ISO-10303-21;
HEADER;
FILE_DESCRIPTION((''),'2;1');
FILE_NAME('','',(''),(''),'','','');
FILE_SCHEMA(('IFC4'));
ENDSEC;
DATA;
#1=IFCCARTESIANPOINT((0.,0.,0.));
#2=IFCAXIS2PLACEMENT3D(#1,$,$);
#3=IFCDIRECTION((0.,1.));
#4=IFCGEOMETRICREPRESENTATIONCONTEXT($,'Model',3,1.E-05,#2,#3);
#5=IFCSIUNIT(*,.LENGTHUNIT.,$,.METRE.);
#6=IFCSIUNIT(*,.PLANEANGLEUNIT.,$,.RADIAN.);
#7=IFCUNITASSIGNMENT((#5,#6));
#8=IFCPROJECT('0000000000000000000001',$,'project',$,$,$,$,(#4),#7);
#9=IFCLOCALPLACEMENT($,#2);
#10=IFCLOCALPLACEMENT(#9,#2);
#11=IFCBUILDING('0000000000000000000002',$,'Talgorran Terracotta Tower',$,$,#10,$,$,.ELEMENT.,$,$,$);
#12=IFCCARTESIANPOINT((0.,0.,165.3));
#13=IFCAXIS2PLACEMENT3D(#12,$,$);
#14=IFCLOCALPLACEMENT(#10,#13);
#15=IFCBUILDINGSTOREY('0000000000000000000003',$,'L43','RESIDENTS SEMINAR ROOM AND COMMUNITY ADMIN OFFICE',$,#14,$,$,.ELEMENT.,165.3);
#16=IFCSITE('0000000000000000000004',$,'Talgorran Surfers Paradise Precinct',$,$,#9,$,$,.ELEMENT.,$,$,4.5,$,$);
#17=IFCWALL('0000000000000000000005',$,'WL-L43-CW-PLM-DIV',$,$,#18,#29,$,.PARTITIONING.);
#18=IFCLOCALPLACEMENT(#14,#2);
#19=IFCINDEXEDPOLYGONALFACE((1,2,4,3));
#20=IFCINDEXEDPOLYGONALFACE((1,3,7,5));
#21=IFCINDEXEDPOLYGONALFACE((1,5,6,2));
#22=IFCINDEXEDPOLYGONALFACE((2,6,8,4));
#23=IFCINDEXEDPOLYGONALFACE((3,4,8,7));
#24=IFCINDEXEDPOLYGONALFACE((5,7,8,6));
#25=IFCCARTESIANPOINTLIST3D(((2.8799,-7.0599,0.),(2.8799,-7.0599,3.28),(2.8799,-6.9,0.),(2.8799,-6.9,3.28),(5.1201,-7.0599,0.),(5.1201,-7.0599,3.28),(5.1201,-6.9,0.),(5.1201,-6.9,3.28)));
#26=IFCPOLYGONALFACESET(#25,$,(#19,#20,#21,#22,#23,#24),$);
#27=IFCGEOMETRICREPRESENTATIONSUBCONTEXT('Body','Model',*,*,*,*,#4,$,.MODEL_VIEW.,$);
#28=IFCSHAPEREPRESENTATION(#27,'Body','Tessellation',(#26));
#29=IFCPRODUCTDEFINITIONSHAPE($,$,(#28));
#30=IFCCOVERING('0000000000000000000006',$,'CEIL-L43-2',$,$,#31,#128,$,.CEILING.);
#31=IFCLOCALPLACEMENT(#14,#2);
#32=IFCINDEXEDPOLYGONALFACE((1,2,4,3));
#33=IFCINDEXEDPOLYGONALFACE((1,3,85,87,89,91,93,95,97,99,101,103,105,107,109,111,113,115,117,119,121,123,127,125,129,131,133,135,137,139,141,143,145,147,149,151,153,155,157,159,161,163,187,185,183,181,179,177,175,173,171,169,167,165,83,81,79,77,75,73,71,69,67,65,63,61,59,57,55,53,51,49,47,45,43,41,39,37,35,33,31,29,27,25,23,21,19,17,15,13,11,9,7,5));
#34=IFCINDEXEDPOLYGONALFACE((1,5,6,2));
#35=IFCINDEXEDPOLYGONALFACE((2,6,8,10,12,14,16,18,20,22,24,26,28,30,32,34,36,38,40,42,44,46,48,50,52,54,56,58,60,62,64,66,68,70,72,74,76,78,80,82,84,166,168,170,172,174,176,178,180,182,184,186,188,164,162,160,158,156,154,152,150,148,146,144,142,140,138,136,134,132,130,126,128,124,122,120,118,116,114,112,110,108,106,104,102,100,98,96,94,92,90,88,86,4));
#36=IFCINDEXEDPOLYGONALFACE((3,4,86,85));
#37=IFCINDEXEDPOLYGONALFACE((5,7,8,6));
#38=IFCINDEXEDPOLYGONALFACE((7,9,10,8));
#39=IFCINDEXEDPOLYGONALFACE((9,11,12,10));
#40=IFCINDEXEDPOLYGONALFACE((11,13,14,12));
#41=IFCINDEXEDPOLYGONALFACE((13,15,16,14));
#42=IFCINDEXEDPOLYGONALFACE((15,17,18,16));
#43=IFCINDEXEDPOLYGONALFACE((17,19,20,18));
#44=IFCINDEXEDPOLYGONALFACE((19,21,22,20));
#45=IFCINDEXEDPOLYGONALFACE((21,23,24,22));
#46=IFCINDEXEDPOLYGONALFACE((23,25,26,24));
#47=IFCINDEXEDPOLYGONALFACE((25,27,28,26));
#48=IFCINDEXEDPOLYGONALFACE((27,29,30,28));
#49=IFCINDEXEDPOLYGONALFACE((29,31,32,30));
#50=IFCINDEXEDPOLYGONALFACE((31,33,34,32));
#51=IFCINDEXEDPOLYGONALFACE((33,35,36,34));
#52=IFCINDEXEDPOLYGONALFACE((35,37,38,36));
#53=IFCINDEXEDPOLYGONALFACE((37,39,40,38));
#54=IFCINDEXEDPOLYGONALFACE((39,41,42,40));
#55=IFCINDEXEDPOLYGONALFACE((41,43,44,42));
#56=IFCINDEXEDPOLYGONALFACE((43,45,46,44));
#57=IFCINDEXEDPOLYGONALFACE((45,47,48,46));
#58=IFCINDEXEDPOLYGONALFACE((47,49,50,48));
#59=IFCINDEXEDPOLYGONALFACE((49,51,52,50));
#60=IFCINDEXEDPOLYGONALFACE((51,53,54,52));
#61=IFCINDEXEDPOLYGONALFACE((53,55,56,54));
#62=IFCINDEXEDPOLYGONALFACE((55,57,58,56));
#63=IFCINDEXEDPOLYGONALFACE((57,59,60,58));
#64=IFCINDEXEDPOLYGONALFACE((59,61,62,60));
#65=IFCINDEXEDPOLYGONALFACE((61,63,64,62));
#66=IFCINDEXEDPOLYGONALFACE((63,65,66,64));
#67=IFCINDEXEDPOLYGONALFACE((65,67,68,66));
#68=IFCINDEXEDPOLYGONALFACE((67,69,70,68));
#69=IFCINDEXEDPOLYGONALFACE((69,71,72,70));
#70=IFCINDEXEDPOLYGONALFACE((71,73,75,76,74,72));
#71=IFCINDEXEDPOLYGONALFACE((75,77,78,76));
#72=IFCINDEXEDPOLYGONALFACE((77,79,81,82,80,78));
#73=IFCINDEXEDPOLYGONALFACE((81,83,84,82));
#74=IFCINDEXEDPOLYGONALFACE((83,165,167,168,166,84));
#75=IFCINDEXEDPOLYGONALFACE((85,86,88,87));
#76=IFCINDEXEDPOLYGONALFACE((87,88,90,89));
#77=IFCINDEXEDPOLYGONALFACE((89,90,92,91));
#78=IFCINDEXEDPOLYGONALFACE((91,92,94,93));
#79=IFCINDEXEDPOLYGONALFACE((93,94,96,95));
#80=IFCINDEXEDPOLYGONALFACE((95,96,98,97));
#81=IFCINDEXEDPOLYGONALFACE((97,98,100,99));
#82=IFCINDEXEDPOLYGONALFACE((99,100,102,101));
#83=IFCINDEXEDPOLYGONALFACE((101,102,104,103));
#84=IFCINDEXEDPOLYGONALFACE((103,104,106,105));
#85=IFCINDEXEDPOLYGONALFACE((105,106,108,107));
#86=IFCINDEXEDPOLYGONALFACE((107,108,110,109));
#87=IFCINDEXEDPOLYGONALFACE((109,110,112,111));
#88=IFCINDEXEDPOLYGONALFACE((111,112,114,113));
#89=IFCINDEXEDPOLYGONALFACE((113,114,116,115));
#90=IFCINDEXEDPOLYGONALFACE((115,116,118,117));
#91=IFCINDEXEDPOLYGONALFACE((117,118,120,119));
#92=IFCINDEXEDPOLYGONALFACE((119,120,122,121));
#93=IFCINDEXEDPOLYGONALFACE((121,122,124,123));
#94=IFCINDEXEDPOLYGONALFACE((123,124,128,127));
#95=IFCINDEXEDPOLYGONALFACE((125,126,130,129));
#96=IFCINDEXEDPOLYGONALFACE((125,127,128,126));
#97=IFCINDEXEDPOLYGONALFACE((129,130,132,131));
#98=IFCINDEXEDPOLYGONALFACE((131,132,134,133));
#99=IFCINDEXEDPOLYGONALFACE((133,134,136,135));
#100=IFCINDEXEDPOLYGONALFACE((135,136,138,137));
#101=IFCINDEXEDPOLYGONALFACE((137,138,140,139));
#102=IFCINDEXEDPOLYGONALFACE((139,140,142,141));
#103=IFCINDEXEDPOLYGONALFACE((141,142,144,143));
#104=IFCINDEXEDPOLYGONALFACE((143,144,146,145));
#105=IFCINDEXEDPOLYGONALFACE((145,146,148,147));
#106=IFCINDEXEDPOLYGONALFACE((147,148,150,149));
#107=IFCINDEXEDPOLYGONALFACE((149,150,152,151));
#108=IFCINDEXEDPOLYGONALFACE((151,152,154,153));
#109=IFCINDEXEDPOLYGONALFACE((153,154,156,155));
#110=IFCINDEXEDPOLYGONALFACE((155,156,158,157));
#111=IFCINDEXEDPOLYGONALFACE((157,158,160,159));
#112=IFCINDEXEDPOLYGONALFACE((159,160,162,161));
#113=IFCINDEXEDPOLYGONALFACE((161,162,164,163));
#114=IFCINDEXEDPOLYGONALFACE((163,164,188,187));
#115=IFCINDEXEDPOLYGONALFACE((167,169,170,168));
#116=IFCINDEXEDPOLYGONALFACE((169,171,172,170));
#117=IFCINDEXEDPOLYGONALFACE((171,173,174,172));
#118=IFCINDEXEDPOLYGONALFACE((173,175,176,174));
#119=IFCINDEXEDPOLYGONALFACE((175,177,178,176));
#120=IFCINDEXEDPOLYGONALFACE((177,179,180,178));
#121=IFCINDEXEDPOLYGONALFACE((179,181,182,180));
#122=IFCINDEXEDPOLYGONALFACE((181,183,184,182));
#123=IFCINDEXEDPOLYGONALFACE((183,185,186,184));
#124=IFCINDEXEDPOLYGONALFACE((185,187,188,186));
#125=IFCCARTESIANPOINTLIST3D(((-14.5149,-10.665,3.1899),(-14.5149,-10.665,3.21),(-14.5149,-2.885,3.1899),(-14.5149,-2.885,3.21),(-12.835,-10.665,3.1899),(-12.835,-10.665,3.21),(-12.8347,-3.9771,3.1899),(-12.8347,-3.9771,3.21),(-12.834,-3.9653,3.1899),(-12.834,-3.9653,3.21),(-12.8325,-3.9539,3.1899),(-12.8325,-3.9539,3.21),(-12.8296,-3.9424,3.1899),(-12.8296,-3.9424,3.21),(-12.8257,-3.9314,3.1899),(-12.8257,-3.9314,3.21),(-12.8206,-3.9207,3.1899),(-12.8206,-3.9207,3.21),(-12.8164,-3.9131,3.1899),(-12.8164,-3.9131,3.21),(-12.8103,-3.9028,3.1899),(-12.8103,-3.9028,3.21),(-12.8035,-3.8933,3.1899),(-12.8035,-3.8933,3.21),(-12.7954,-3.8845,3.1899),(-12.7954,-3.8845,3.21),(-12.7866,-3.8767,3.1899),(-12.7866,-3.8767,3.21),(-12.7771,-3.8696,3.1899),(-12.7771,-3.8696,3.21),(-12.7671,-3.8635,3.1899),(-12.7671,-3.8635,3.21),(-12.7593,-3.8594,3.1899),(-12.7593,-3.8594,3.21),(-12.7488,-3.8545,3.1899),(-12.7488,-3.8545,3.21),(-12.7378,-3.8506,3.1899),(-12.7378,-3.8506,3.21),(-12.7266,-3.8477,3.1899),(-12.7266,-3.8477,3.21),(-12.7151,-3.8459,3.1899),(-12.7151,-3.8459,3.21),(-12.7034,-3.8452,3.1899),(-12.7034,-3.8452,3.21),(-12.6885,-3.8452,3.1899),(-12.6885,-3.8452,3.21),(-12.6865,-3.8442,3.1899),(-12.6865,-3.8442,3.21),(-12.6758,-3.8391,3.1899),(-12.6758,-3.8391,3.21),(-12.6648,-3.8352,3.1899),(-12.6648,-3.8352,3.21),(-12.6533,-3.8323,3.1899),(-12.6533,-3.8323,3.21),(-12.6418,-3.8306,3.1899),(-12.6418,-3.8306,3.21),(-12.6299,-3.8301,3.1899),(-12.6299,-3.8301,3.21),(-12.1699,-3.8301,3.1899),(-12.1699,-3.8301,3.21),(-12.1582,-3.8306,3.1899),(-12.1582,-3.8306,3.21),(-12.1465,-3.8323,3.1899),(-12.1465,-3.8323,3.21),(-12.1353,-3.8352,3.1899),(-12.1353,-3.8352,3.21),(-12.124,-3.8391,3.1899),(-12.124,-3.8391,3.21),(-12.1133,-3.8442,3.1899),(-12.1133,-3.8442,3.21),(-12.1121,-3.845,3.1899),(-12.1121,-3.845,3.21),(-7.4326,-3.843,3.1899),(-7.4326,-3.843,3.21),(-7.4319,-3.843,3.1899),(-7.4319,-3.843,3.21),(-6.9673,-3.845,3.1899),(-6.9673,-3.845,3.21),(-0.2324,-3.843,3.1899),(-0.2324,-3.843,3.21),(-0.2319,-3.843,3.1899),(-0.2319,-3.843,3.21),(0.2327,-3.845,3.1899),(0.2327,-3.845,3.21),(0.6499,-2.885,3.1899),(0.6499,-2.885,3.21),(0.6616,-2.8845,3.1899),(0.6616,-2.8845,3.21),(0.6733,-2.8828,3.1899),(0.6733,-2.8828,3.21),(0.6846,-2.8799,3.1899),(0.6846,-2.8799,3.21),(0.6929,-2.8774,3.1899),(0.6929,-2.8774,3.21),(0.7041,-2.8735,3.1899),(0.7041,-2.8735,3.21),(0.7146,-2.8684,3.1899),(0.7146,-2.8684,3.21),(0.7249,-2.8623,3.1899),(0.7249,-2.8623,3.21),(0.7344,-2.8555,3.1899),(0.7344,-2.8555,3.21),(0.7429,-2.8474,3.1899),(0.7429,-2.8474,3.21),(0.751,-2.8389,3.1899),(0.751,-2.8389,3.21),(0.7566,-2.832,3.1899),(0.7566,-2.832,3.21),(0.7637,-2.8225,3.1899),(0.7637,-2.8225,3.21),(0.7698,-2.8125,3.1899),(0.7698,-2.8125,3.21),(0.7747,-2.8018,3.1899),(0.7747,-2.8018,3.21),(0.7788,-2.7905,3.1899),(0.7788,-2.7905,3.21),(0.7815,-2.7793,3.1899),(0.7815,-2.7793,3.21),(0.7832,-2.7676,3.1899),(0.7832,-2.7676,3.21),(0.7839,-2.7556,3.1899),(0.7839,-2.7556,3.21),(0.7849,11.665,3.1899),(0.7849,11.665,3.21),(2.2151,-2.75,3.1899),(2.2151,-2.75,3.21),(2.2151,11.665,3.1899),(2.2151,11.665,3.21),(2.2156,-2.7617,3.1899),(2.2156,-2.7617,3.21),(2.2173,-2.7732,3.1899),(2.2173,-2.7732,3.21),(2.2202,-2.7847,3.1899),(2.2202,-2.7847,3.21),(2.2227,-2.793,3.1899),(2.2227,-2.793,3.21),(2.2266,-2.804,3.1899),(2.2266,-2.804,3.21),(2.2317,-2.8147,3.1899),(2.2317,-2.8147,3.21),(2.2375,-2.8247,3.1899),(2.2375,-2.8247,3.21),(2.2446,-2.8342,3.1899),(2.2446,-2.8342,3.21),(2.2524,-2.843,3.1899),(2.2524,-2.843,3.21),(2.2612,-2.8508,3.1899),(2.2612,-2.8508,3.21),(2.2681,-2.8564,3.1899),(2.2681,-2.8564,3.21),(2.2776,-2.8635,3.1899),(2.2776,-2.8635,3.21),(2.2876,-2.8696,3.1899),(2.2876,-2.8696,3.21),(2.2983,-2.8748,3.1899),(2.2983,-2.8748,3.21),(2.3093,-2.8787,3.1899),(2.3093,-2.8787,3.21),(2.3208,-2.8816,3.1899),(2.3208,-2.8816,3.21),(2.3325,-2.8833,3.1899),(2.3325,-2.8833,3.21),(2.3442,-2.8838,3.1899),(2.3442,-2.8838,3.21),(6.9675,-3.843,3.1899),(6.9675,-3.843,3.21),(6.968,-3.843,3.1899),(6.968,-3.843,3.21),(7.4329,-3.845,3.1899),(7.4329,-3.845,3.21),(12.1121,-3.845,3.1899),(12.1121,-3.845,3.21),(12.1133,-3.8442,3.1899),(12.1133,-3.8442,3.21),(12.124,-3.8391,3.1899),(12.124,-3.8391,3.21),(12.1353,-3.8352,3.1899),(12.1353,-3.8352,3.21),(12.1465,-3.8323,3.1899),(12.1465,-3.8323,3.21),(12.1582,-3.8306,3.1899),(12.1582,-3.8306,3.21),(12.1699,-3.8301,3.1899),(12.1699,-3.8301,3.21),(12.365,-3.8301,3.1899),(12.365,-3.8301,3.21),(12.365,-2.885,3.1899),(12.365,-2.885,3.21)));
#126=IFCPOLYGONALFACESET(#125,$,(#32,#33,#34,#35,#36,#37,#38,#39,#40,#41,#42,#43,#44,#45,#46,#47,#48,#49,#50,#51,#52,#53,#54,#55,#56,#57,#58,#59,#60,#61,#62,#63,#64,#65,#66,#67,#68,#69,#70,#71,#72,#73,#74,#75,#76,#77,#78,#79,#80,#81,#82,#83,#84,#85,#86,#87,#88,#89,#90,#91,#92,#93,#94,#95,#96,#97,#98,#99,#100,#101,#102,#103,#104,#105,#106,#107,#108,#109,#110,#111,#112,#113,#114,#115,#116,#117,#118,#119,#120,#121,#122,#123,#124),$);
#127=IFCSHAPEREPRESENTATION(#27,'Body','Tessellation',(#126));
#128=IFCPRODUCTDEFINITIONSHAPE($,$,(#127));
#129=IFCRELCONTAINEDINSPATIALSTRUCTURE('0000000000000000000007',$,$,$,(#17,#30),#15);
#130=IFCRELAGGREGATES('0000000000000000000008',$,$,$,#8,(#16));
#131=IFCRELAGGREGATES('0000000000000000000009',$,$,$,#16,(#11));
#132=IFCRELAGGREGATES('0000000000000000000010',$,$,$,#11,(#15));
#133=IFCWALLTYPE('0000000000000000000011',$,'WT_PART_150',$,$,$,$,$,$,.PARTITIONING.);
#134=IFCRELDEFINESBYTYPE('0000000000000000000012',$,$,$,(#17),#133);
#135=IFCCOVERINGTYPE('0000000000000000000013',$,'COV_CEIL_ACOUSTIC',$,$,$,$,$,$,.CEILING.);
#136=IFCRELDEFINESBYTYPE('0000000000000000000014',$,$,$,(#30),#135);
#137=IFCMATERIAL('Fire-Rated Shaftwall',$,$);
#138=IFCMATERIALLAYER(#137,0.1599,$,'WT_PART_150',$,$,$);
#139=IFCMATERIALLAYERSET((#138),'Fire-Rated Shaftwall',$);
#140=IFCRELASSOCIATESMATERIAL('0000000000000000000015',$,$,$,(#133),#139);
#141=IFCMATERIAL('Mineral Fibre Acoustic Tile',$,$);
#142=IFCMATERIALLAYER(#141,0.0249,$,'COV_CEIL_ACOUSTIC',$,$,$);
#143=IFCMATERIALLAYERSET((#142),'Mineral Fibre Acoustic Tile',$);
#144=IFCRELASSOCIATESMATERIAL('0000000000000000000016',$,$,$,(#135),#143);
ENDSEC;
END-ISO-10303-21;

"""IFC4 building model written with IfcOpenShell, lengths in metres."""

from ifc_helpers import new_model, si_unit, direction, frame, frame_2d, origin, place, context, subcontext, project, spatial, polyline, rectangle, outline, extrude, material, layer, layer_set, type_object, element, save


model = new_model("IFC4")

# Units and contexts
model_context = context("Model", 3, precision=1e-05, world=origin(), true_north=direction((0.0, 1.0)))
body_context = subcontext(model_context, "Body", "Model", "MODEL_VIEW")
ifc_project = project(units=[si_unit("LENGTHUNIT", "METRE"), si_unit("PLANEANGLEUNIT", "RADIAN")], contexts=[model_context])

# Site, building, storey
site_placement = place(None, origin())
site = spatial("IfcSite", under=ifc_project, at=site_placement, Name="Talgorran Surfers Paradise Precinct", CompositionType="ELEMENT", RefElevation=4.5)
building_placement = place(site_placement, origin())
building = spatial("IfcBuilding", under=site, at=building_placement, Name="Talgorran Terracotta Tower", CompositionType="ELEMENT")
storey_placement = place(building_placement, frame((0.0, 0.0, 165.3)))
storey = spatial("IfcBuildingStorey", under=building, at=storey_placement, Name="L43", Description="RESIDENTS SEMINAR ROOM AND COMMUNITY ADMIN OFFICE", CompositionType="ELEMENT", Elevation=165.3)

# Wall
ifc_material_1 = material(Name="Fire-Rated Shaftwall")
ifc_layer_1 = layer(ifc_material_1, 0.1599, Name="WT_PART_150")
ifc_layer_set_1 = layer_set([ifc_layer_1], Name="Fire-Rated Shaftwall")
wall_type_1 = type_object("IfcWallType", Name="WT_PART_150", PredefinedType="PARTITIONING", material=ifc_layer_set_1)
wall_1_placement = place(storey_placement, frame((2.8799, -6.98, 0.0), z_axis=(0.0, 0.0, 1.0), x_axis=(1.0, 0.0, 0.0)))
element("IfcWall", 1, at=wall_1_placement, inside=storey, type_object=wall_type_1, Name="WL-L43-CW-PLM-DIV", PredefinedType="PARTITIONING", context=body_context, shape_type="SweptSolid", body=[
    extrude(rectangle(XDim=2.2402, YDim=0.1599, at=frame_2d((1.1201, 0.0))), origin(), (0.0, 0.0, 1.0), 3.28),
])

# Covering
ifc_material_2 = material(Name="Mineral Fibre Acoustic Tile")
ifc_layer_2 = layer(ifc_material_2, 0.0249, Name="COV_CEIL_ACOUSTIC")
ifc_layer_set_2 = layer_set([ifc_layer_2], Name="Mineral Fibre Acoustic Tile")
covering_type_1 = type_object("IfcCoveringType", Name="COV_CEIL_ACOUSTIC", PredefinedType="CEILING", material=ifc_layer_set_2)
covering_1_placement = place(storey_placement, frame((0.0, 0.0, 3.1899)))
element("IfcCovering", 2, at=covering_1_placement, inside=storey, type_object=covering_type_1, Name="CEIL-L43-2", PredefinedType="CEILING", context=body_context, shape_type="SweptSolid", body=[
    extrude(outline(polyline([(-12.6885, -3.8452), (-12.7034, -3.8452), (-12.7151, -3.8459), (-12.7266, -3.8477), (-12.7378, -3.8506), (-12.7488, -3.8545), (-12.7593, -3.8594), (-12.7671, -3.8635), (-12.7771, -3.8696), (-12.7866, -3.8767), (-12.7954, -3.8845), (-12.8035, -3.8933), (-12.8103, -3.9028), (-12.8164, -3.9131), (-12.8206, -3.9207), (-12.8257, -3.9314), (-12.8296, -3.9424), (-12.8325, -3.9539), (-12.834, -3.9653), (-12.8347, -3.9771), (-12.835, -10.665), (-14.5149, -10.665), (-14.5149, -2.885), (0.6499, -2.885), (0.6616, -2.8845), (0.6733, -2.8828), (0.6846, -2.8799), (0.6929, -2.8774), (0.7041, -2.8735), (0.7146, -2.8684), (0.7249, -2.8623), (0.7344, -2.8555), (0.7429, -2.8474), (0.751, -2.8389), (0.7566, -2.832), (0.7637, -2.8225), (0.7698, -2.8125), (0.7747, -2.8018), (0.7788, -2.7905), (0.7815, -2.7793), (0.7832, -2.7676), (0.7839, -2.7556), (0.7849, 11.665), (2.2151, 11.665), (2.2151, -2.75), (2.2156, -2.7617), (2.2173, -2.7732), (2.2202, -2.7847), (2.2227, -2.793), (2.2266, -2.804), (2.2317, -2.8147), (2.2375, -2.8247), (2.2446, -2.8342), (2.2524, -2.843), (2.2612, -2.8508), (2.2681, -2.8564), (2.2776, -2.8635), (2.2876, -2.8696), (2.2983, -2.8748), (2.3093, -2.8787), (2.3208, -2.8816), (2.3325, -2.8833), (2.3442, -2.8838), (12.365, -2.885), (12.365, -3.8301), (12.1699, -3.8301), (12.1582, -3.8306), (12.1465, -3.8323), (12.1353, -3.8352), (12.124, -3.8391), (12.1133, -3.8442), (12.1121, -3.845), (7.4329, -3.845), (6.968, -3.843), (6.9675, -3.843), (0.2327, -3.845), (-0.2319, -3.843), (-0.2324, -3.843), (-6.9673, -3.845), (-7.4319, -3.843), (-7.4326, -3.843), (-12.1121, -3.845), (-12.1133, -3.8442), (-12.124, -3.8391), (-12.1353, -3.8352), (-12.1465, -3.8323), (-12.1582, -3.8306), (-12.1699, -3.8301), (-12.6299, -3.8301), (-12.6418, -3.8306), (-12.6533, -3.8323), (-12.6648, -3.8352), (-12.6758, -3.8391), (-12.6865, -3.8442), (-12.6885, -3.8452)])), origin(), (0.0, 0.0, 1.0), 0.02),
])

save(model, "model.ifc")
